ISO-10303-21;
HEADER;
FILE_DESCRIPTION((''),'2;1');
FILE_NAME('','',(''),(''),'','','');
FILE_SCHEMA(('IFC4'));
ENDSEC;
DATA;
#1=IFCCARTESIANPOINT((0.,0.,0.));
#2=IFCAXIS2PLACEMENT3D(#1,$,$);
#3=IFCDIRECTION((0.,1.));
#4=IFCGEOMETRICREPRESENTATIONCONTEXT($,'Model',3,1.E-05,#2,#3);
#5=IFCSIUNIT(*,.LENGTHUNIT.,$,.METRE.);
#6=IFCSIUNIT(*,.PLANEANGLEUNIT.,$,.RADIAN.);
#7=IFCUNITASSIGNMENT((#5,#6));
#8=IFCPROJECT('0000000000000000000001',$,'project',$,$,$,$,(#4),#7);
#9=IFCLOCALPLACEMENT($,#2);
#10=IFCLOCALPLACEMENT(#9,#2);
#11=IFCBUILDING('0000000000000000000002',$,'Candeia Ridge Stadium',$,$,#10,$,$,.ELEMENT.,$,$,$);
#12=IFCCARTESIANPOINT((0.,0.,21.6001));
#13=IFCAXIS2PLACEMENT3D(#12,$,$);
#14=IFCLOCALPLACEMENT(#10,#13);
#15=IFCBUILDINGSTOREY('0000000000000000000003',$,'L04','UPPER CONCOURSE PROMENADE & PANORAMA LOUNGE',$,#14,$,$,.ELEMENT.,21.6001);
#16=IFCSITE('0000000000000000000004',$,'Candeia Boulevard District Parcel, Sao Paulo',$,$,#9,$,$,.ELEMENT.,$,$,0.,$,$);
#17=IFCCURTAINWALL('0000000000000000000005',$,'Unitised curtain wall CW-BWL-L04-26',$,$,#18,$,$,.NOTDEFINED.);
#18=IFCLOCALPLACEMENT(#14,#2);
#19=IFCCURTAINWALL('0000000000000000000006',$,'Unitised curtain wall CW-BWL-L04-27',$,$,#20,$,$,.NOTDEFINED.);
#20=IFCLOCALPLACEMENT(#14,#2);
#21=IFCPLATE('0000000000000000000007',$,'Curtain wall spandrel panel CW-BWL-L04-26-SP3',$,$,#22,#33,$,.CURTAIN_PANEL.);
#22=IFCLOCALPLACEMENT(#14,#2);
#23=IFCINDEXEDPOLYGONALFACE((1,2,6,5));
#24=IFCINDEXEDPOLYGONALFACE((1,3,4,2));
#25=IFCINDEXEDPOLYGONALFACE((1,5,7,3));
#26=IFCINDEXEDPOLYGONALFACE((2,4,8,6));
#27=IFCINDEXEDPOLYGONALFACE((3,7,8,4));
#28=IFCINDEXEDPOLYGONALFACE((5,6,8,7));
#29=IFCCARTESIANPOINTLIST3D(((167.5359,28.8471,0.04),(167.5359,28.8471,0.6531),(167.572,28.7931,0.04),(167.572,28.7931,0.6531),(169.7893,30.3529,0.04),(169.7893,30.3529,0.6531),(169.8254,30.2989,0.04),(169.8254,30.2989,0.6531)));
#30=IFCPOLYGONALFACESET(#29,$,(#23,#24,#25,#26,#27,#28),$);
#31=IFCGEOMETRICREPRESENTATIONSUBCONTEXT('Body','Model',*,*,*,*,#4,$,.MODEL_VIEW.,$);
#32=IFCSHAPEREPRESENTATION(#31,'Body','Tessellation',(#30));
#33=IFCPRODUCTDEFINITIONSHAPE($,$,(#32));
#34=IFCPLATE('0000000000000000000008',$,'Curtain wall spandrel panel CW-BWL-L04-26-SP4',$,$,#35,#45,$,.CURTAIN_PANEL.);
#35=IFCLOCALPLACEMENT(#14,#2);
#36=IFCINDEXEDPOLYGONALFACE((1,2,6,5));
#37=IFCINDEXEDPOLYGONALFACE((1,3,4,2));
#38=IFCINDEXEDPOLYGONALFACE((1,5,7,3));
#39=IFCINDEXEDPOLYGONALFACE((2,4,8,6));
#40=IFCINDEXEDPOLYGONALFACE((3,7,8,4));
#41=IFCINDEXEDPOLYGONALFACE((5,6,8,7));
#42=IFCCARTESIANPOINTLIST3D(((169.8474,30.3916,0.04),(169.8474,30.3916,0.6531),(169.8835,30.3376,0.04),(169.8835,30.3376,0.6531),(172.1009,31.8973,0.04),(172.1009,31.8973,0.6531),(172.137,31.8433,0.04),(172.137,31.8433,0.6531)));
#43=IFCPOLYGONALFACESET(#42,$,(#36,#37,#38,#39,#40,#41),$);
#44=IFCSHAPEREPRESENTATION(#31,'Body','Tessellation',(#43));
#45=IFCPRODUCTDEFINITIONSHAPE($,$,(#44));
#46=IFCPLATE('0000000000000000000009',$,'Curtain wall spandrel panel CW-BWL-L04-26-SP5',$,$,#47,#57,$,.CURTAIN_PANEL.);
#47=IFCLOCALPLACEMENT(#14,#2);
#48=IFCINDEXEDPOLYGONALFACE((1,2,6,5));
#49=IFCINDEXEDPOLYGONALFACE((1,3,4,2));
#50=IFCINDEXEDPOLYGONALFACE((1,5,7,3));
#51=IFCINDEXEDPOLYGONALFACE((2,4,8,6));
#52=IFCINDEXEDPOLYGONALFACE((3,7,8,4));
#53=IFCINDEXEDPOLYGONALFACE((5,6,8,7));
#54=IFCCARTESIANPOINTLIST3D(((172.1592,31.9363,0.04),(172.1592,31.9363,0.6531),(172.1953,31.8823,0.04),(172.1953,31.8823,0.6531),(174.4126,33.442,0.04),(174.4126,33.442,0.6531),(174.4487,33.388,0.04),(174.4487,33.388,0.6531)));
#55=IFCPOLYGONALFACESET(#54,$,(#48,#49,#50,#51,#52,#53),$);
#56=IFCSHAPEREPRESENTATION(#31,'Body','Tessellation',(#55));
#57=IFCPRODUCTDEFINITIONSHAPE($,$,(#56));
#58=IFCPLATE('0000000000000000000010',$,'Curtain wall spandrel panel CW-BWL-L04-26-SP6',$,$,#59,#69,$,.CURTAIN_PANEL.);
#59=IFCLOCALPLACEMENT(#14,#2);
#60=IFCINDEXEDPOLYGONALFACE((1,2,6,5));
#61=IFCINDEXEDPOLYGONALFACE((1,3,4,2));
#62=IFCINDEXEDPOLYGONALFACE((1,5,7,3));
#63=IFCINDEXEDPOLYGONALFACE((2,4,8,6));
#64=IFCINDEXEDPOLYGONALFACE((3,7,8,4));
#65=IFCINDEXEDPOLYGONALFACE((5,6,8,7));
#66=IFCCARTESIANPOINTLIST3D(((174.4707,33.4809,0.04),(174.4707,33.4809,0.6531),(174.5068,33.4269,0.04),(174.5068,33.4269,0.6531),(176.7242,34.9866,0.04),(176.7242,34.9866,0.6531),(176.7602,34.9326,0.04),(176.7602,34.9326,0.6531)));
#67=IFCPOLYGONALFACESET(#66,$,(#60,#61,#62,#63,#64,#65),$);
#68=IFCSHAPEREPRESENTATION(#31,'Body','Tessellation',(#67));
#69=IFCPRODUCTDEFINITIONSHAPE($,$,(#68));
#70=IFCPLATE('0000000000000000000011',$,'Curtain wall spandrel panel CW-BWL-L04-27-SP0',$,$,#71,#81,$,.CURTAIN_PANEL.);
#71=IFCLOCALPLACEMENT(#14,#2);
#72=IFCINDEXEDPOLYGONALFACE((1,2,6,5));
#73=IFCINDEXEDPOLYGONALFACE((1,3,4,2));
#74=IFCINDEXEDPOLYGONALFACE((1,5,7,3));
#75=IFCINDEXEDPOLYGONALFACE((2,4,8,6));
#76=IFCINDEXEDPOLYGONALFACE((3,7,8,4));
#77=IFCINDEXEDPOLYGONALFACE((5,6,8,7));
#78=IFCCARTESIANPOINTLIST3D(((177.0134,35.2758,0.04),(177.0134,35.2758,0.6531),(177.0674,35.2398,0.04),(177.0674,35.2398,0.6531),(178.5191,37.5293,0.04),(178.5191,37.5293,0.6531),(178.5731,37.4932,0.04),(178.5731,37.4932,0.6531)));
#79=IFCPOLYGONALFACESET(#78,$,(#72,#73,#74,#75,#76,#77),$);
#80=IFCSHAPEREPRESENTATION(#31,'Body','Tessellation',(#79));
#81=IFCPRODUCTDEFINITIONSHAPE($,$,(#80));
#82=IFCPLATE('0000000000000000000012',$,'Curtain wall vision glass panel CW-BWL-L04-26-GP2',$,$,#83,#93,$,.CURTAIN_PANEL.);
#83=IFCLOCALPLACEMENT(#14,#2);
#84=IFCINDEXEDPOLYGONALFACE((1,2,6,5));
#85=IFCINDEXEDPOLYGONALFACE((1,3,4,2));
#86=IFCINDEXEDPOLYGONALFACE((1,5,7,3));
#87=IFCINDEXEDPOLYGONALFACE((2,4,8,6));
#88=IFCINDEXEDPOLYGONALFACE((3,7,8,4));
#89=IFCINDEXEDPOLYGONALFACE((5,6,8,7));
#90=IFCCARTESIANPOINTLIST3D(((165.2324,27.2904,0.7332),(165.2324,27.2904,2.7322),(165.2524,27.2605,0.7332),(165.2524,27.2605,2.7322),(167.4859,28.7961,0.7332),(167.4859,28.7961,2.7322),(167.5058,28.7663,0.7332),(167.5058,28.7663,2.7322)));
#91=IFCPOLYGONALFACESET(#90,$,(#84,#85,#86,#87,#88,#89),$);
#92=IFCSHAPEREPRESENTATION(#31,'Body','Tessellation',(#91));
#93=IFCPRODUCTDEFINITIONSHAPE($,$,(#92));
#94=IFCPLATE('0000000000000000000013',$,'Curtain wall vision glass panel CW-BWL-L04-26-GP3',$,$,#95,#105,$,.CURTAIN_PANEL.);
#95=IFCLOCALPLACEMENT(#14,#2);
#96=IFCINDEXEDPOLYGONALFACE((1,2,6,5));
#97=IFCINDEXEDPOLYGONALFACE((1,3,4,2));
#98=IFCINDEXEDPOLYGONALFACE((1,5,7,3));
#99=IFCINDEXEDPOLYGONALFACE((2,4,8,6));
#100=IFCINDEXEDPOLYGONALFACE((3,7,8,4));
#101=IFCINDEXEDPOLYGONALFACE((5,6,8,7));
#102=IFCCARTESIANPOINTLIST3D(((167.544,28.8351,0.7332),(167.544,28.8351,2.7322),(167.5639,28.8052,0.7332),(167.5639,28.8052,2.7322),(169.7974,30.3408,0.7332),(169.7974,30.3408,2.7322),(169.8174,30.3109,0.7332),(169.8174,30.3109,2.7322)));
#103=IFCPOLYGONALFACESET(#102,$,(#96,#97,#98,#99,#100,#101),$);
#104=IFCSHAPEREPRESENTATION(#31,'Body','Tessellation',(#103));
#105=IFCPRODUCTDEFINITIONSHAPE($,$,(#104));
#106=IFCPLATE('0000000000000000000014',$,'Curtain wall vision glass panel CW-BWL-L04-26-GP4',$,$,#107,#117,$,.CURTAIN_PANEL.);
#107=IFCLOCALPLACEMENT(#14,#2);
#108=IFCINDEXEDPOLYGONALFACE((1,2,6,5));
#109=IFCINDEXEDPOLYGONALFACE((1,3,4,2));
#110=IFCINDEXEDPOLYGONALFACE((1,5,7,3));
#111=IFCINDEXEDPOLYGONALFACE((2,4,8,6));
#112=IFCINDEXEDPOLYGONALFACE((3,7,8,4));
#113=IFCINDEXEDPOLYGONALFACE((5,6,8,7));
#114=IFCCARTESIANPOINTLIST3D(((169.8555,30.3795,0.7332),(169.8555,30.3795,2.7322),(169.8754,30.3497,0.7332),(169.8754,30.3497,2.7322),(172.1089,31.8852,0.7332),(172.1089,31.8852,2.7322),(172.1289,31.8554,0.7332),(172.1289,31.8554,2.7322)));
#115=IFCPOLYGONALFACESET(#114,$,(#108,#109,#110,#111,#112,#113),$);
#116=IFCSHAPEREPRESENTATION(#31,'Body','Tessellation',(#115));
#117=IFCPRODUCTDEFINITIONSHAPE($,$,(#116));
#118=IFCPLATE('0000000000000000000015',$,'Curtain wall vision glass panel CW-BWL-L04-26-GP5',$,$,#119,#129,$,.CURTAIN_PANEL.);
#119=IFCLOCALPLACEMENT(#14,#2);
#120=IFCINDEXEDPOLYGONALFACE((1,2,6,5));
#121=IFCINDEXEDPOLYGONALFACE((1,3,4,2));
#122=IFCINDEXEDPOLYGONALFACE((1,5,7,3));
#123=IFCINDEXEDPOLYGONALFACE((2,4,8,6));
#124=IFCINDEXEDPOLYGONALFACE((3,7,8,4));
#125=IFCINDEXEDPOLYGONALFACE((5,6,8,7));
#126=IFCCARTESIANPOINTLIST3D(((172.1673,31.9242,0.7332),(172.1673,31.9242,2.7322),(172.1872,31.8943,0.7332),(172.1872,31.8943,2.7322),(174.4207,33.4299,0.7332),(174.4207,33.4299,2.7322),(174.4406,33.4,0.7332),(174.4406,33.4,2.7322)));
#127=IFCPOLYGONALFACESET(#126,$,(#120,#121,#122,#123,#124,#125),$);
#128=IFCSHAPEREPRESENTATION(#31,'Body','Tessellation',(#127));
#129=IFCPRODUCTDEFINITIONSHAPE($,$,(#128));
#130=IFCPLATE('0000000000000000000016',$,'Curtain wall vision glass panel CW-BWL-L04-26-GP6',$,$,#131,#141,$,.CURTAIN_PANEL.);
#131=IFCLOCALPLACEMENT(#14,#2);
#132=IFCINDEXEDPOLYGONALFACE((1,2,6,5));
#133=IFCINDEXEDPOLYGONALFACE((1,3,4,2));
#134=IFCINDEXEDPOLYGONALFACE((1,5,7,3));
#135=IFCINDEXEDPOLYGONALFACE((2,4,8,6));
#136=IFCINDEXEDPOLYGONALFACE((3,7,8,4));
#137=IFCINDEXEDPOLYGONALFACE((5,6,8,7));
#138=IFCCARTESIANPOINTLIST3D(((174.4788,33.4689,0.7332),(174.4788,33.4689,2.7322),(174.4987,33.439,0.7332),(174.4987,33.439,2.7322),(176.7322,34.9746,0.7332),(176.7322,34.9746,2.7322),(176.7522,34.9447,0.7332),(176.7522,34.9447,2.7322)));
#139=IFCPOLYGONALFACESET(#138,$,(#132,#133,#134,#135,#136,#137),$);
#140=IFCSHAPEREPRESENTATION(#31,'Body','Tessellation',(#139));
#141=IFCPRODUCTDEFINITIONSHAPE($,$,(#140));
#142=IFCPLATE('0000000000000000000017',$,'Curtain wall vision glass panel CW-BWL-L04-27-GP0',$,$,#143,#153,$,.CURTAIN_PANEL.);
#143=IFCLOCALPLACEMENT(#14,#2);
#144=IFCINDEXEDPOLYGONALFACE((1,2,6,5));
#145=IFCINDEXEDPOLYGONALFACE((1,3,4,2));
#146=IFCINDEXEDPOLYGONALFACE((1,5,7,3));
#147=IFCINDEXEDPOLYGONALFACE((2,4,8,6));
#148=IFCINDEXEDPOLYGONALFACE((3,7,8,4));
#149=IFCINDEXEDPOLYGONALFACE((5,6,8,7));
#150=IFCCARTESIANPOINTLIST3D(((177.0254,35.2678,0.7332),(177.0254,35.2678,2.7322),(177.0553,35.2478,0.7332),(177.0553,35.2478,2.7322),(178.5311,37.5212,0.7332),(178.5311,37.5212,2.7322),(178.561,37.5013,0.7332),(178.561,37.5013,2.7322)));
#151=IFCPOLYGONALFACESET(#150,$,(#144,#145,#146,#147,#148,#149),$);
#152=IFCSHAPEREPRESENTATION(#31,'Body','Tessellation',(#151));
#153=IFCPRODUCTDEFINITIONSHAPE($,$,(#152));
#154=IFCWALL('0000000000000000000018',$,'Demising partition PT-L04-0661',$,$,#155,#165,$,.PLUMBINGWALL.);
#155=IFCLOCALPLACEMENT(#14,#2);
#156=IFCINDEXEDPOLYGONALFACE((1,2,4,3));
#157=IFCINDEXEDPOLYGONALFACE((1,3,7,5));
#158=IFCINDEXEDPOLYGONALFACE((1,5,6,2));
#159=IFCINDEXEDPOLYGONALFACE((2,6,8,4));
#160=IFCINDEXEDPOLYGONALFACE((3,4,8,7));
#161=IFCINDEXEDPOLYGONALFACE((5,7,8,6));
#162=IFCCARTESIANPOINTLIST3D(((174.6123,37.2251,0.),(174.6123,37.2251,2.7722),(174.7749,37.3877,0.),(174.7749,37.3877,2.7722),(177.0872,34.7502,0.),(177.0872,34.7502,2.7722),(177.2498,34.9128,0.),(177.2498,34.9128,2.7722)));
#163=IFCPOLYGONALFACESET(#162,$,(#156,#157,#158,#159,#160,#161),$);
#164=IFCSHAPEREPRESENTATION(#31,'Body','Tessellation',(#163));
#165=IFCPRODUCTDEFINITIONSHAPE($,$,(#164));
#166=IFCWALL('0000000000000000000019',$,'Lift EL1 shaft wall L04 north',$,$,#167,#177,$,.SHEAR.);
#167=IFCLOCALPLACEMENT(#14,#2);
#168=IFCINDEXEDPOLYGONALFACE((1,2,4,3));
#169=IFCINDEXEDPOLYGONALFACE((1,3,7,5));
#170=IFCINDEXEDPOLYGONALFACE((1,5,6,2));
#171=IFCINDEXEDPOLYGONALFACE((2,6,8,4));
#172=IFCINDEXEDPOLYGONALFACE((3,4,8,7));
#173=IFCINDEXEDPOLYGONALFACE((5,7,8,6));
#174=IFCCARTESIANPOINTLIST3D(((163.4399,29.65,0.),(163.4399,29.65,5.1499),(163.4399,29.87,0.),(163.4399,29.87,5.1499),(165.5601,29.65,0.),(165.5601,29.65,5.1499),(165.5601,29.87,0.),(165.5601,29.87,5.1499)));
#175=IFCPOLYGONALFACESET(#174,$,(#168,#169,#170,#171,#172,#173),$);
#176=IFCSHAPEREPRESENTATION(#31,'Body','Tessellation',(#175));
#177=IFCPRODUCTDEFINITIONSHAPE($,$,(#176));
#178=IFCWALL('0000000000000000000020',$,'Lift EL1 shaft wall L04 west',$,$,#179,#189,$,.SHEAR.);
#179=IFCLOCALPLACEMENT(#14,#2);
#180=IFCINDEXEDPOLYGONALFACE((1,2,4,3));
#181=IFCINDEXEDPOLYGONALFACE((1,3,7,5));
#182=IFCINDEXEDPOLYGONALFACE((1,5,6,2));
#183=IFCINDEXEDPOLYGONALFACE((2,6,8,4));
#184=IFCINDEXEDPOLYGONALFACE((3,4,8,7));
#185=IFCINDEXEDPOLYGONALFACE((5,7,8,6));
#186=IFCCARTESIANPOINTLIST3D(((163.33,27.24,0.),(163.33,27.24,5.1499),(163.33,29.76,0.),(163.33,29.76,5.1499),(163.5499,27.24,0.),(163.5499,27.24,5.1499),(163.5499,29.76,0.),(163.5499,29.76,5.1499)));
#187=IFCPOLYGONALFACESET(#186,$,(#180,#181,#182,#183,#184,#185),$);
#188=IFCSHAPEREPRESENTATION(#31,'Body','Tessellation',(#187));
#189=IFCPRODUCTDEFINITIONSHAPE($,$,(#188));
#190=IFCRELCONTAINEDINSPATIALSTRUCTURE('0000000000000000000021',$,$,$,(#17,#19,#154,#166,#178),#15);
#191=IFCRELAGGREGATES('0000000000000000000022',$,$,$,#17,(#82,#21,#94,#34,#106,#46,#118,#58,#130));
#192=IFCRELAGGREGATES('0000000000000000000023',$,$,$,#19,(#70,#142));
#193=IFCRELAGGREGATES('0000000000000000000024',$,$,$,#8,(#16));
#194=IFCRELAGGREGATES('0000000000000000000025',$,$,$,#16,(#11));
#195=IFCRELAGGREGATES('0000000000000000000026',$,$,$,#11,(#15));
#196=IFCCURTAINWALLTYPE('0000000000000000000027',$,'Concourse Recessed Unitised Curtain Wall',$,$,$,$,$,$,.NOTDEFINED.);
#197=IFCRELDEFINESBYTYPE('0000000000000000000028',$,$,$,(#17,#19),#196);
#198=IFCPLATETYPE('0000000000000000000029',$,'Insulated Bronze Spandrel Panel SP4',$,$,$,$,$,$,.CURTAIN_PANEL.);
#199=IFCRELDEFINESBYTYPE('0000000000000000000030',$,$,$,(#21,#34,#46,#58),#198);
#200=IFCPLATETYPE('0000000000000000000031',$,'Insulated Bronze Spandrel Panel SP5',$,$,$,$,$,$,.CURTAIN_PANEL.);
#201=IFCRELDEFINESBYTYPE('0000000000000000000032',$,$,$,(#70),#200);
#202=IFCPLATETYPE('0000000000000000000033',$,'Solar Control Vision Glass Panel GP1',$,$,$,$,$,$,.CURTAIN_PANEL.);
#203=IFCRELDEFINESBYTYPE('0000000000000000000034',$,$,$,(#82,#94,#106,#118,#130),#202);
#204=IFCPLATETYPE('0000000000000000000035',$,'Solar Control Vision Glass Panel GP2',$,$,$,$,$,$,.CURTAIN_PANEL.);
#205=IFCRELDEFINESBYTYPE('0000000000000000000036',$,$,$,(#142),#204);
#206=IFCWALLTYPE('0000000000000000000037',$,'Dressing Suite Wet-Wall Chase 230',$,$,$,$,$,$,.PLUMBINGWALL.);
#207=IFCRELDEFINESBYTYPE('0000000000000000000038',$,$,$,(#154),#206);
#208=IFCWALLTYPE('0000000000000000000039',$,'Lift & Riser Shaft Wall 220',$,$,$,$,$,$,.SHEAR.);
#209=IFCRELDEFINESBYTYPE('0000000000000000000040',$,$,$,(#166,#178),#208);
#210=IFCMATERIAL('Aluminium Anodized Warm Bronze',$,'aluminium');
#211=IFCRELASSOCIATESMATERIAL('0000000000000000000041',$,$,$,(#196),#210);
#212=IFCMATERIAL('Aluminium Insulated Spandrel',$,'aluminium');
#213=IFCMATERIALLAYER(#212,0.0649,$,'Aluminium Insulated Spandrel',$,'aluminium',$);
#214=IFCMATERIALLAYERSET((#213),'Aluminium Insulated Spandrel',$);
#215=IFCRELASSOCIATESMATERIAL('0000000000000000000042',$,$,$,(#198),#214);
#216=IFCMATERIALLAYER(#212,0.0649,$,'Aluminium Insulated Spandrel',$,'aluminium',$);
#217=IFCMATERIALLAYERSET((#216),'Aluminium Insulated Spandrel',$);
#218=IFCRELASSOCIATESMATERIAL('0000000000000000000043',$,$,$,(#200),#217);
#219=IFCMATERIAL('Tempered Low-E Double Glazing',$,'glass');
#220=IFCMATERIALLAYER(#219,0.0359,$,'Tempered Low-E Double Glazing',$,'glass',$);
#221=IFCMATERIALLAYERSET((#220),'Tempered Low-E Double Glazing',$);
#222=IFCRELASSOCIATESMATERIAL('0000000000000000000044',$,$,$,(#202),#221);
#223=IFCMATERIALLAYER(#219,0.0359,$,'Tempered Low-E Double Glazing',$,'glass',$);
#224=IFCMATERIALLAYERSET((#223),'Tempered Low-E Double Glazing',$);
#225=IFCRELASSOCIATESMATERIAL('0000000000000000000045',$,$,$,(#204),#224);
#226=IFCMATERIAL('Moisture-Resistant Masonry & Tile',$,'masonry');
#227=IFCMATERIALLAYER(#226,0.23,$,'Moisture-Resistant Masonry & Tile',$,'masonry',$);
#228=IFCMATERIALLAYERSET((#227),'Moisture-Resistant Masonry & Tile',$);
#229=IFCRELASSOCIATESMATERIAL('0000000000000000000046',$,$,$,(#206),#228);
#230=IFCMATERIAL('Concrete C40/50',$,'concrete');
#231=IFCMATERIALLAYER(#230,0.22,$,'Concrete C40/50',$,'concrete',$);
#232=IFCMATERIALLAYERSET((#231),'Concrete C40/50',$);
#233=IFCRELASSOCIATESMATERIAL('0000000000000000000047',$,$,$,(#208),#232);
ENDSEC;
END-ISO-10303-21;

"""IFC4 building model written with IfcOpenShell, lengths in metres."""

from ifc_helpers import new_model, si_unit, direction, frame, frame_2d, origin, origin_2d, place, context, subcontext, project, spatial, rectangle, extrude, material, layer, layer_set, type_object, element, aggregate, save


model = new_model("IFC4")

# Units and contexts
model_context = context("Model", 3, precision=1e-05, world=origin(), true_north=direction((0.0, 1.0)))
body_context = subcontext(model_context, "Body", "Model", "MODEL_VIEW")
ifc_project = project(units=[si_unit("LENGTHUNIT", "METRE"), si_unit("PLANEANGLEUNIT", "RADIAN")], contexts=[model_context])

# Site, building, storey
site_placement = place(None, origin())
site = spatial("IfcSite", under=ifc_project, at=site_placement, Name="Candeia Boulevard District Parcel, Sao Paulo", CompositionType="ELEMENT", RefElevation=0.0)
building_placement = place(site_placement, origin())
building = spatial("IfcBuilding", under=site, at=building_placement, Name="Candeia Ridge Stadium", CompositionType="ELEMENT")
storey_placement = place(building_placement, frame((0.0, 0.0, 21.6001)))
storey = spatial("IfcBuildingStorey", under=building, at=storey_placement, Name="L04", Description="UPPER CONCOURSE PROMENADE & PANORAMA LOUNGE", CompositionType="ELEMENT", Elevation=21.6001)

# Curtain walls
ifc_material_1 = material(Name="Aluminium Anodized Warm Bronze", Category="aluminium")
curtain_wall_type = type_object("IfcCurtainWallType", Name="Concourse Recessed Unitised Curtain Wall", PredefinedType="NOTDEFINED", material=ifc_material_1)
curtain_wall_1_placement = place(storey_placement, origin())
curtain_wall_1 = element("IfcCurtainWall", 1, at=curtain_wall_1_placement, inside=storey, type_object=curtain_wall_type, Name="Unitised curtain wall CW-BWL-L04-26", PredefinedType="NOTDEFINED")
curtain_wall_2_placement = place(storey_placement, origin())
curtain_wall_2 = element("IfcCurtainWall", 2, at=curtain_wall_2_placement, inside=storey, type_object=curtain_wall_type, Name="Unitised curtain wall CW-BWL-L04-27", PredefinedType="NOTDEFINED")

# Shared definitions
ifc_material_2 = material(Name="Concrete C40/50", Category="concrete")

# Plates
ifc_material_3 = material(Name="Aluminium Insulated Spandrel", Category="aluminium")
ifc_layer_1 = layer(ifc_material_3, 0.0649, Name="Aluminium Insulated Spandrel", Category="aluminium")
ifc_layer_set_1 = layer_set([ifc_layer_1], Name="Aluminium Insulated Spandrel")
plate_type_1 = type_object("IfcPlateType", Name="Insulated Bronze Spandrel Panel SP4", PredefinedType="CURTAIN_PANEL", material=ifc_layer_set_1)
plate_1_placement = place(storey_placement, frame((168.6807, 29.573, 0.04), z_axis=(0.0, 0.0, 1.0), x_axis=(0.831469, 0.555571, 0.0)))
plate_1 = element("IfcPlate", 3, at=plate_1_placement, type_object=plate_type_1, Name="Curtain wall spandrel panel CW-BWL-L04-26-SP3", PredefinedType="CURTAIN_PANEL", context=body_context, shape_type="SweptSolid", body=[
    extrude(rectangle(XDim=2.7102, YDim=0.0649, at=origin_2d()), origin(), (0.0, 0.0, 1.0), 0.613),
])
plate_2_placement = place(storey_placement, frame((170.9922, 31.1174, 0.04), z_axis=(0.0, 0.0, 1.0), x_axis=(0.831469, 0.555571, 0.0)))
plate_2 = element("IfcPlate", 4, at=plate_2_placement, type_object=plate_type_1, Name="Curtain wall spandrel panel CW-BWL-L04-26-SP4", PredefinedType="CURTAIN_PANEL", context=body_context, shape_type="SweptSolid", body=[
    extrude(rectangle(XDim=2.7102, YDim=0.0649, at=origin_2d()), origin(), (0.0, 0.0, 1.0), 0.613),
])
plate_3_placement = place(storey_placement, frame((173.304, 32.6621, 0.04), z_axis=(0.0, 0.0, 1.0), x_axis=(0.831469, 0.555571, 0.0)))
plate_3 = element("IfcPlate", 5, at=plate_3_placement, type_object=plate_type_1, Name="Curtain wall spandrel panel CW-BWL-L04-26-SP5", PredefinedType="CURTAIN_PANEL", context=body_context, shape_type="SweptSolid", body=[
    extrude(rectangle(XDim=2.7102, YDim=0.0649, at=origin_2d()), origin(), (0.0, 0.0, 1.0), 0.613),
])
plate_4_placement = place(storey_placement, frame((175.6155, 34.2068, 0.04), z_axis=(0.0, 0.0, 1.0), x_axis=(0.831469, 0.555571, 0.0)))
plate_4 = element("IfcPlate", 6, at=plate_4_placement, type_object=plate_type_1, Name="Curtain wall spandrel panel CW-BWL-L04-26-SP6", PredefinedType="CURTAIN_PANEL", context=body_context, shape_type="SweptSolid", body=[
    extrude(rectangle(XDim=2.7102, YDim=0.0649, at=origin_2d()), origin(), (0.0, 0.0, 1.0), 0.613),
])
ifc_layer_2 = layer(ifc_material_3, 0.0649, Name="Aluminium Insulated Spandrel", Category="aluminium")
ifc_layer_set_2 = layer_set([ifc_layer_2], Name="Aluminium Insulated Spandrel")
plate_type_2 = type_object("IfcPlateType", Name="Insulated Bronze Spandrel Panel SP5", PredefinedType="CURTAIN_PANEL", material=ifc_layer_set_2)
plate_5_placement = place(storey_placement, frame((177.7932, 36.3845, 0.04), z_axis=(0.0, 0.0, 1.0), x_axis=(0.555571, 0.831469, 0.0)))
plate_5 = element("IfcPlate", 7, at=plate_5_placement, type_object=plate_type_2, Name="Curtain wall spandrel panel CW-BWL-L04-27-SP0", PredefinedType="CURTAIN_PANEL", context=body_context, shape_type="SweptSolid", body=[
    extrude(rectangle(XDim=2.7102, YDim=0.0649, at=origin_2d()), origin(), (0.0, 0.0, 1.0), 0.613),
])
ifc_material_4 = material(Name="Tempered Low-E Double Glazing", Category="glass")
ifc_layer_3 = layer(ifc_material_4, 0.0359, Name="Tempered Low-E Double Glazing", Category="glass")
ifc_layer_set_3 = layer_set([ifc_layer_3], Name="Tempered Low-E Double Glazing")
plate_type_3 = type_object("IfcPlateType", Name="Solar Control Vision Glass Panel GP1", PredefinedType="CURTAIN_PANEL", material=ifc_layer_set_3)
plate_6_placement = place(storey_placement, frame((166.3691, 28.0283, 0.7332), z_axis=(0.0, 0.0, 1.0), x_axis=(0.831469, 0.555571, 0.0)))
plate_6 = element("IfcPlate", 8, at=plate_6_placement, type_object=plate_type_3, Name="Curtain wall vision glass panel CW-BWL-L04-26-GP2", PredefinedType="CURTAIN_PANEL", context=body_context, shape_type="SweptSolid", body=[
    extrude(rectangle(XDim=2.7102, YDim=0.0359, at=origin_2d()), origin(), (0.0, 0.0, 1.0), 1.999),
])
plate_7_placement = place(storey_placement, frame((168.6807, 29.573, 0.7332), z_axis=(0.0, 0.0, 1.0), x_axis=(0.831469, 0.555571, 0.0)))
plate_7 = element("IfcPlate", 9, at=plate_7_placement, type_object=plate_type_3, Name="Curtain wall vision glass panel CW-BWL-L04-26-GP3", PredefinedType="CURTAIN_PANEL", context=body_context, shape_type="SweptSolid", body=[
    extrude(rectangle(XDim=2.7102, YDim=0.0359, at=origin_2d()), origin(), (0.0, 0.0, 1.0), 1.999),
])
plate_8_placement = place(storey_placement, frame((170.9922, 31.1174, 0.7332), z_axis=(0.0, 0.0, 1.0), x_axis=(0.831469, 0.555571, 0.0)))
plate_8 = element("IfcPlate", 10, at=plate_8_placement, type_object=plate_type_3, Name="Curtain wall vision glass panel CW-BWL-L04-26-GP4", PredefinedType="CURTAIN_PANEL", context=body_context, shape_type="SweptSolid", body=[
    extrude(rectangle(XDim=2.7102, YDim=0.0359, at=origin_2d()), origin(), (0.0, 0.0, 1.0), 1.999),
])
plate_9_placement = place(storey_placement, frame((173.304, 32.6621, 0.7332), z_axis=(0.0, 0.0, 1.0), x_axis=(0.831469, 0.555571, 0.0)))
plate_9 = element("IfcPlate", 11, at=plate_9_placement, type_object=plate_type_3, Name="Curtain wall vision glass panel CW-BWL-L04-26-GP5", PredefinedType="CURTAIN_PANEL", context=body_context, shape_type="SweptSolid", body=[
    extrude(rectangle(XDim=2.7102, YDim=0.0359, at=origin_2d()), origin(), (0.0, 0.0, 1.0), 1.999),
])
plate_10_placement = place(storey_placement, frame((175.6155, 34.2068, 0.7332), z_axis=(0.0, 0.0, 1.0), x_axis=(0.831469, 0.555571, 0.0)))
plate_10 = element("IfcPlate", 12, at=plate_10_placement, type_object=plate_type_3, Name="Curtain wall vision glass panel CW-BWL-L04-26-GP6", PredefinedType="CURTAIN_PANEL", context=body_context, shape_type="SweptSolid", body=[
    extrude(rectangle(XDim=2.7102, YDim=0.0359, at=origin_2d()), origin(), (0.0, 0.0, 1.0), 1.999),
])
aggregate(curtain_wall_1, [plate_6, plate_1, plate_7, plate_2, plate_8, plate_3, plate_9, plate_4, plate_10])
ifc_layer_4 = layer(ifc_material_4, 0.0359, Name="Tempered Low-E Double Glazing", Category="glass")
ifc_layer_set_4 = layer_set([ifc_layer_4], Name="Tempered Low-E Double Glazing")
plate_type_4 = type_object("IfcPlateType", Name="Solar Control Vision Glass Panel GP2", PredefinedType="CURTAIN_PANEL", material=ifc_layer_set_4)
plate_11_placement = place(storey_placement, frame((177.7932, 36.3845, 0.7332), z_axis=(0.0, 0.0, 1.0), x_axis=(0.555571, 0.831469, 0.0)))
plate_11 = element("IfcPlate", 13, at=plate_11_placement, type_object=plate_type_4, Name="Curtain wall vision glass panel CW-BWL-L04-27-GP0", PredefinedType="CURTAIN_PANEL", context=body_context, shape_type="SweptSolid", body=[
    extrude(rectangle(XDim=2.7102, YDim=0.0359, at=origin_2d()), origin(), (0.0, 0.0, 1.0), 1.999),
])
aggregate(curtain_wall_2, [plate_5, plate_11])

# Walls
ifc_material_5 = material(Name="Moisture-Resistant Masonry & Tile", Category="masonry")
ifc_layer_5 = layer(ifc_material_5, 0.23, Name="Moisture-Resistant Masonry & Tile", Category="masonry")
ifc_layer_set_5 = layer_set([ifc_layer_5], Name="Moisture-Resistant Masonry & Tile")
wall_type_1 = type_object("IfcWallType", Name="Dressing Suite Wet-Wall Chase 230", PredefinedType="PLUMBINGWALL", material=ifc_layer_set_5)
wall_1_placement = place(storey_placement, frame((174.6936, 37.3064, 0.0), z_axis=(0.0, 0.0, 1.0), x_axis=(0.707107, -0.707107, 0.0)))
element("IfcWall", 14, at=wall_1_placement, inside=storey, type_object=wall_type_1, Name="Demising partition PT-L04-0661", PredefinedType="PLUMBINGWALL", context=body_context, shape_type="SweptSolid", body=[
    extrude(rectangle(XDim=3.5, YDim=0.23, at=frame_2d((1.75, 0.0))), origin(), (0.0, 0.0, 1.0), 2.7722),
])
ifc_layer_6 = layer(ifc_material_2, 0.22, Name="Concrete C40/50", Category="concrete")
ifc_layer_set_6 = layer_set([ifc_layer_6], Name="Concrete C40/50")
wall_type_2 = type_object("IfcWallType", Name="Lift & Riser Shaft Wall 220", PredefinedType="SHEAR", material=ifc_layer_set_6)
wall_2_placement = place(storey_placement, frame((165.5601, 29.76, 0.0), z_axis=(0.0, 0.0, 1.0), x_axis=(-1.0, 0.0, 0.0)))
element("IfcWall", 15, at=wall_2_placement, inside=storey, type_object=wall_type_2, Name="Lift EL1 shaft wall L04 north", PredefinedType="SHEAR", context=body_context, shape_type="SweptSolid", body=[
    extrude(rectangle(XDim=2.1201, YDim=0.22, at=frame_2d((1.0601, 0.0))), origin(), (0.0, 0.0, 1.0), 5.1499),
])
wall_3_placement = place(storey_placement, frame((163.4399, 29.76, 0.0), z_axis=(0.0, 0.0, 1.0), x_axis=(0.0, -1.0, 0.0)))
element("IfcWall", 16, at=wall_3_placement, inside=storey, type_object=wall_type_2, Name="Lift EL1 shaft wall L04 west", PredefinedType="SHEAR", context=body_context, shape_type="SweptSolid", body=[
    extrude(rectangle(XDim=2.52, YDim=0.22, at=frame_2d((1.26, 0.0))), origin(), (0.0, 0.0, 1.0), 5.1499),
])

save(model, "model.ifc")
